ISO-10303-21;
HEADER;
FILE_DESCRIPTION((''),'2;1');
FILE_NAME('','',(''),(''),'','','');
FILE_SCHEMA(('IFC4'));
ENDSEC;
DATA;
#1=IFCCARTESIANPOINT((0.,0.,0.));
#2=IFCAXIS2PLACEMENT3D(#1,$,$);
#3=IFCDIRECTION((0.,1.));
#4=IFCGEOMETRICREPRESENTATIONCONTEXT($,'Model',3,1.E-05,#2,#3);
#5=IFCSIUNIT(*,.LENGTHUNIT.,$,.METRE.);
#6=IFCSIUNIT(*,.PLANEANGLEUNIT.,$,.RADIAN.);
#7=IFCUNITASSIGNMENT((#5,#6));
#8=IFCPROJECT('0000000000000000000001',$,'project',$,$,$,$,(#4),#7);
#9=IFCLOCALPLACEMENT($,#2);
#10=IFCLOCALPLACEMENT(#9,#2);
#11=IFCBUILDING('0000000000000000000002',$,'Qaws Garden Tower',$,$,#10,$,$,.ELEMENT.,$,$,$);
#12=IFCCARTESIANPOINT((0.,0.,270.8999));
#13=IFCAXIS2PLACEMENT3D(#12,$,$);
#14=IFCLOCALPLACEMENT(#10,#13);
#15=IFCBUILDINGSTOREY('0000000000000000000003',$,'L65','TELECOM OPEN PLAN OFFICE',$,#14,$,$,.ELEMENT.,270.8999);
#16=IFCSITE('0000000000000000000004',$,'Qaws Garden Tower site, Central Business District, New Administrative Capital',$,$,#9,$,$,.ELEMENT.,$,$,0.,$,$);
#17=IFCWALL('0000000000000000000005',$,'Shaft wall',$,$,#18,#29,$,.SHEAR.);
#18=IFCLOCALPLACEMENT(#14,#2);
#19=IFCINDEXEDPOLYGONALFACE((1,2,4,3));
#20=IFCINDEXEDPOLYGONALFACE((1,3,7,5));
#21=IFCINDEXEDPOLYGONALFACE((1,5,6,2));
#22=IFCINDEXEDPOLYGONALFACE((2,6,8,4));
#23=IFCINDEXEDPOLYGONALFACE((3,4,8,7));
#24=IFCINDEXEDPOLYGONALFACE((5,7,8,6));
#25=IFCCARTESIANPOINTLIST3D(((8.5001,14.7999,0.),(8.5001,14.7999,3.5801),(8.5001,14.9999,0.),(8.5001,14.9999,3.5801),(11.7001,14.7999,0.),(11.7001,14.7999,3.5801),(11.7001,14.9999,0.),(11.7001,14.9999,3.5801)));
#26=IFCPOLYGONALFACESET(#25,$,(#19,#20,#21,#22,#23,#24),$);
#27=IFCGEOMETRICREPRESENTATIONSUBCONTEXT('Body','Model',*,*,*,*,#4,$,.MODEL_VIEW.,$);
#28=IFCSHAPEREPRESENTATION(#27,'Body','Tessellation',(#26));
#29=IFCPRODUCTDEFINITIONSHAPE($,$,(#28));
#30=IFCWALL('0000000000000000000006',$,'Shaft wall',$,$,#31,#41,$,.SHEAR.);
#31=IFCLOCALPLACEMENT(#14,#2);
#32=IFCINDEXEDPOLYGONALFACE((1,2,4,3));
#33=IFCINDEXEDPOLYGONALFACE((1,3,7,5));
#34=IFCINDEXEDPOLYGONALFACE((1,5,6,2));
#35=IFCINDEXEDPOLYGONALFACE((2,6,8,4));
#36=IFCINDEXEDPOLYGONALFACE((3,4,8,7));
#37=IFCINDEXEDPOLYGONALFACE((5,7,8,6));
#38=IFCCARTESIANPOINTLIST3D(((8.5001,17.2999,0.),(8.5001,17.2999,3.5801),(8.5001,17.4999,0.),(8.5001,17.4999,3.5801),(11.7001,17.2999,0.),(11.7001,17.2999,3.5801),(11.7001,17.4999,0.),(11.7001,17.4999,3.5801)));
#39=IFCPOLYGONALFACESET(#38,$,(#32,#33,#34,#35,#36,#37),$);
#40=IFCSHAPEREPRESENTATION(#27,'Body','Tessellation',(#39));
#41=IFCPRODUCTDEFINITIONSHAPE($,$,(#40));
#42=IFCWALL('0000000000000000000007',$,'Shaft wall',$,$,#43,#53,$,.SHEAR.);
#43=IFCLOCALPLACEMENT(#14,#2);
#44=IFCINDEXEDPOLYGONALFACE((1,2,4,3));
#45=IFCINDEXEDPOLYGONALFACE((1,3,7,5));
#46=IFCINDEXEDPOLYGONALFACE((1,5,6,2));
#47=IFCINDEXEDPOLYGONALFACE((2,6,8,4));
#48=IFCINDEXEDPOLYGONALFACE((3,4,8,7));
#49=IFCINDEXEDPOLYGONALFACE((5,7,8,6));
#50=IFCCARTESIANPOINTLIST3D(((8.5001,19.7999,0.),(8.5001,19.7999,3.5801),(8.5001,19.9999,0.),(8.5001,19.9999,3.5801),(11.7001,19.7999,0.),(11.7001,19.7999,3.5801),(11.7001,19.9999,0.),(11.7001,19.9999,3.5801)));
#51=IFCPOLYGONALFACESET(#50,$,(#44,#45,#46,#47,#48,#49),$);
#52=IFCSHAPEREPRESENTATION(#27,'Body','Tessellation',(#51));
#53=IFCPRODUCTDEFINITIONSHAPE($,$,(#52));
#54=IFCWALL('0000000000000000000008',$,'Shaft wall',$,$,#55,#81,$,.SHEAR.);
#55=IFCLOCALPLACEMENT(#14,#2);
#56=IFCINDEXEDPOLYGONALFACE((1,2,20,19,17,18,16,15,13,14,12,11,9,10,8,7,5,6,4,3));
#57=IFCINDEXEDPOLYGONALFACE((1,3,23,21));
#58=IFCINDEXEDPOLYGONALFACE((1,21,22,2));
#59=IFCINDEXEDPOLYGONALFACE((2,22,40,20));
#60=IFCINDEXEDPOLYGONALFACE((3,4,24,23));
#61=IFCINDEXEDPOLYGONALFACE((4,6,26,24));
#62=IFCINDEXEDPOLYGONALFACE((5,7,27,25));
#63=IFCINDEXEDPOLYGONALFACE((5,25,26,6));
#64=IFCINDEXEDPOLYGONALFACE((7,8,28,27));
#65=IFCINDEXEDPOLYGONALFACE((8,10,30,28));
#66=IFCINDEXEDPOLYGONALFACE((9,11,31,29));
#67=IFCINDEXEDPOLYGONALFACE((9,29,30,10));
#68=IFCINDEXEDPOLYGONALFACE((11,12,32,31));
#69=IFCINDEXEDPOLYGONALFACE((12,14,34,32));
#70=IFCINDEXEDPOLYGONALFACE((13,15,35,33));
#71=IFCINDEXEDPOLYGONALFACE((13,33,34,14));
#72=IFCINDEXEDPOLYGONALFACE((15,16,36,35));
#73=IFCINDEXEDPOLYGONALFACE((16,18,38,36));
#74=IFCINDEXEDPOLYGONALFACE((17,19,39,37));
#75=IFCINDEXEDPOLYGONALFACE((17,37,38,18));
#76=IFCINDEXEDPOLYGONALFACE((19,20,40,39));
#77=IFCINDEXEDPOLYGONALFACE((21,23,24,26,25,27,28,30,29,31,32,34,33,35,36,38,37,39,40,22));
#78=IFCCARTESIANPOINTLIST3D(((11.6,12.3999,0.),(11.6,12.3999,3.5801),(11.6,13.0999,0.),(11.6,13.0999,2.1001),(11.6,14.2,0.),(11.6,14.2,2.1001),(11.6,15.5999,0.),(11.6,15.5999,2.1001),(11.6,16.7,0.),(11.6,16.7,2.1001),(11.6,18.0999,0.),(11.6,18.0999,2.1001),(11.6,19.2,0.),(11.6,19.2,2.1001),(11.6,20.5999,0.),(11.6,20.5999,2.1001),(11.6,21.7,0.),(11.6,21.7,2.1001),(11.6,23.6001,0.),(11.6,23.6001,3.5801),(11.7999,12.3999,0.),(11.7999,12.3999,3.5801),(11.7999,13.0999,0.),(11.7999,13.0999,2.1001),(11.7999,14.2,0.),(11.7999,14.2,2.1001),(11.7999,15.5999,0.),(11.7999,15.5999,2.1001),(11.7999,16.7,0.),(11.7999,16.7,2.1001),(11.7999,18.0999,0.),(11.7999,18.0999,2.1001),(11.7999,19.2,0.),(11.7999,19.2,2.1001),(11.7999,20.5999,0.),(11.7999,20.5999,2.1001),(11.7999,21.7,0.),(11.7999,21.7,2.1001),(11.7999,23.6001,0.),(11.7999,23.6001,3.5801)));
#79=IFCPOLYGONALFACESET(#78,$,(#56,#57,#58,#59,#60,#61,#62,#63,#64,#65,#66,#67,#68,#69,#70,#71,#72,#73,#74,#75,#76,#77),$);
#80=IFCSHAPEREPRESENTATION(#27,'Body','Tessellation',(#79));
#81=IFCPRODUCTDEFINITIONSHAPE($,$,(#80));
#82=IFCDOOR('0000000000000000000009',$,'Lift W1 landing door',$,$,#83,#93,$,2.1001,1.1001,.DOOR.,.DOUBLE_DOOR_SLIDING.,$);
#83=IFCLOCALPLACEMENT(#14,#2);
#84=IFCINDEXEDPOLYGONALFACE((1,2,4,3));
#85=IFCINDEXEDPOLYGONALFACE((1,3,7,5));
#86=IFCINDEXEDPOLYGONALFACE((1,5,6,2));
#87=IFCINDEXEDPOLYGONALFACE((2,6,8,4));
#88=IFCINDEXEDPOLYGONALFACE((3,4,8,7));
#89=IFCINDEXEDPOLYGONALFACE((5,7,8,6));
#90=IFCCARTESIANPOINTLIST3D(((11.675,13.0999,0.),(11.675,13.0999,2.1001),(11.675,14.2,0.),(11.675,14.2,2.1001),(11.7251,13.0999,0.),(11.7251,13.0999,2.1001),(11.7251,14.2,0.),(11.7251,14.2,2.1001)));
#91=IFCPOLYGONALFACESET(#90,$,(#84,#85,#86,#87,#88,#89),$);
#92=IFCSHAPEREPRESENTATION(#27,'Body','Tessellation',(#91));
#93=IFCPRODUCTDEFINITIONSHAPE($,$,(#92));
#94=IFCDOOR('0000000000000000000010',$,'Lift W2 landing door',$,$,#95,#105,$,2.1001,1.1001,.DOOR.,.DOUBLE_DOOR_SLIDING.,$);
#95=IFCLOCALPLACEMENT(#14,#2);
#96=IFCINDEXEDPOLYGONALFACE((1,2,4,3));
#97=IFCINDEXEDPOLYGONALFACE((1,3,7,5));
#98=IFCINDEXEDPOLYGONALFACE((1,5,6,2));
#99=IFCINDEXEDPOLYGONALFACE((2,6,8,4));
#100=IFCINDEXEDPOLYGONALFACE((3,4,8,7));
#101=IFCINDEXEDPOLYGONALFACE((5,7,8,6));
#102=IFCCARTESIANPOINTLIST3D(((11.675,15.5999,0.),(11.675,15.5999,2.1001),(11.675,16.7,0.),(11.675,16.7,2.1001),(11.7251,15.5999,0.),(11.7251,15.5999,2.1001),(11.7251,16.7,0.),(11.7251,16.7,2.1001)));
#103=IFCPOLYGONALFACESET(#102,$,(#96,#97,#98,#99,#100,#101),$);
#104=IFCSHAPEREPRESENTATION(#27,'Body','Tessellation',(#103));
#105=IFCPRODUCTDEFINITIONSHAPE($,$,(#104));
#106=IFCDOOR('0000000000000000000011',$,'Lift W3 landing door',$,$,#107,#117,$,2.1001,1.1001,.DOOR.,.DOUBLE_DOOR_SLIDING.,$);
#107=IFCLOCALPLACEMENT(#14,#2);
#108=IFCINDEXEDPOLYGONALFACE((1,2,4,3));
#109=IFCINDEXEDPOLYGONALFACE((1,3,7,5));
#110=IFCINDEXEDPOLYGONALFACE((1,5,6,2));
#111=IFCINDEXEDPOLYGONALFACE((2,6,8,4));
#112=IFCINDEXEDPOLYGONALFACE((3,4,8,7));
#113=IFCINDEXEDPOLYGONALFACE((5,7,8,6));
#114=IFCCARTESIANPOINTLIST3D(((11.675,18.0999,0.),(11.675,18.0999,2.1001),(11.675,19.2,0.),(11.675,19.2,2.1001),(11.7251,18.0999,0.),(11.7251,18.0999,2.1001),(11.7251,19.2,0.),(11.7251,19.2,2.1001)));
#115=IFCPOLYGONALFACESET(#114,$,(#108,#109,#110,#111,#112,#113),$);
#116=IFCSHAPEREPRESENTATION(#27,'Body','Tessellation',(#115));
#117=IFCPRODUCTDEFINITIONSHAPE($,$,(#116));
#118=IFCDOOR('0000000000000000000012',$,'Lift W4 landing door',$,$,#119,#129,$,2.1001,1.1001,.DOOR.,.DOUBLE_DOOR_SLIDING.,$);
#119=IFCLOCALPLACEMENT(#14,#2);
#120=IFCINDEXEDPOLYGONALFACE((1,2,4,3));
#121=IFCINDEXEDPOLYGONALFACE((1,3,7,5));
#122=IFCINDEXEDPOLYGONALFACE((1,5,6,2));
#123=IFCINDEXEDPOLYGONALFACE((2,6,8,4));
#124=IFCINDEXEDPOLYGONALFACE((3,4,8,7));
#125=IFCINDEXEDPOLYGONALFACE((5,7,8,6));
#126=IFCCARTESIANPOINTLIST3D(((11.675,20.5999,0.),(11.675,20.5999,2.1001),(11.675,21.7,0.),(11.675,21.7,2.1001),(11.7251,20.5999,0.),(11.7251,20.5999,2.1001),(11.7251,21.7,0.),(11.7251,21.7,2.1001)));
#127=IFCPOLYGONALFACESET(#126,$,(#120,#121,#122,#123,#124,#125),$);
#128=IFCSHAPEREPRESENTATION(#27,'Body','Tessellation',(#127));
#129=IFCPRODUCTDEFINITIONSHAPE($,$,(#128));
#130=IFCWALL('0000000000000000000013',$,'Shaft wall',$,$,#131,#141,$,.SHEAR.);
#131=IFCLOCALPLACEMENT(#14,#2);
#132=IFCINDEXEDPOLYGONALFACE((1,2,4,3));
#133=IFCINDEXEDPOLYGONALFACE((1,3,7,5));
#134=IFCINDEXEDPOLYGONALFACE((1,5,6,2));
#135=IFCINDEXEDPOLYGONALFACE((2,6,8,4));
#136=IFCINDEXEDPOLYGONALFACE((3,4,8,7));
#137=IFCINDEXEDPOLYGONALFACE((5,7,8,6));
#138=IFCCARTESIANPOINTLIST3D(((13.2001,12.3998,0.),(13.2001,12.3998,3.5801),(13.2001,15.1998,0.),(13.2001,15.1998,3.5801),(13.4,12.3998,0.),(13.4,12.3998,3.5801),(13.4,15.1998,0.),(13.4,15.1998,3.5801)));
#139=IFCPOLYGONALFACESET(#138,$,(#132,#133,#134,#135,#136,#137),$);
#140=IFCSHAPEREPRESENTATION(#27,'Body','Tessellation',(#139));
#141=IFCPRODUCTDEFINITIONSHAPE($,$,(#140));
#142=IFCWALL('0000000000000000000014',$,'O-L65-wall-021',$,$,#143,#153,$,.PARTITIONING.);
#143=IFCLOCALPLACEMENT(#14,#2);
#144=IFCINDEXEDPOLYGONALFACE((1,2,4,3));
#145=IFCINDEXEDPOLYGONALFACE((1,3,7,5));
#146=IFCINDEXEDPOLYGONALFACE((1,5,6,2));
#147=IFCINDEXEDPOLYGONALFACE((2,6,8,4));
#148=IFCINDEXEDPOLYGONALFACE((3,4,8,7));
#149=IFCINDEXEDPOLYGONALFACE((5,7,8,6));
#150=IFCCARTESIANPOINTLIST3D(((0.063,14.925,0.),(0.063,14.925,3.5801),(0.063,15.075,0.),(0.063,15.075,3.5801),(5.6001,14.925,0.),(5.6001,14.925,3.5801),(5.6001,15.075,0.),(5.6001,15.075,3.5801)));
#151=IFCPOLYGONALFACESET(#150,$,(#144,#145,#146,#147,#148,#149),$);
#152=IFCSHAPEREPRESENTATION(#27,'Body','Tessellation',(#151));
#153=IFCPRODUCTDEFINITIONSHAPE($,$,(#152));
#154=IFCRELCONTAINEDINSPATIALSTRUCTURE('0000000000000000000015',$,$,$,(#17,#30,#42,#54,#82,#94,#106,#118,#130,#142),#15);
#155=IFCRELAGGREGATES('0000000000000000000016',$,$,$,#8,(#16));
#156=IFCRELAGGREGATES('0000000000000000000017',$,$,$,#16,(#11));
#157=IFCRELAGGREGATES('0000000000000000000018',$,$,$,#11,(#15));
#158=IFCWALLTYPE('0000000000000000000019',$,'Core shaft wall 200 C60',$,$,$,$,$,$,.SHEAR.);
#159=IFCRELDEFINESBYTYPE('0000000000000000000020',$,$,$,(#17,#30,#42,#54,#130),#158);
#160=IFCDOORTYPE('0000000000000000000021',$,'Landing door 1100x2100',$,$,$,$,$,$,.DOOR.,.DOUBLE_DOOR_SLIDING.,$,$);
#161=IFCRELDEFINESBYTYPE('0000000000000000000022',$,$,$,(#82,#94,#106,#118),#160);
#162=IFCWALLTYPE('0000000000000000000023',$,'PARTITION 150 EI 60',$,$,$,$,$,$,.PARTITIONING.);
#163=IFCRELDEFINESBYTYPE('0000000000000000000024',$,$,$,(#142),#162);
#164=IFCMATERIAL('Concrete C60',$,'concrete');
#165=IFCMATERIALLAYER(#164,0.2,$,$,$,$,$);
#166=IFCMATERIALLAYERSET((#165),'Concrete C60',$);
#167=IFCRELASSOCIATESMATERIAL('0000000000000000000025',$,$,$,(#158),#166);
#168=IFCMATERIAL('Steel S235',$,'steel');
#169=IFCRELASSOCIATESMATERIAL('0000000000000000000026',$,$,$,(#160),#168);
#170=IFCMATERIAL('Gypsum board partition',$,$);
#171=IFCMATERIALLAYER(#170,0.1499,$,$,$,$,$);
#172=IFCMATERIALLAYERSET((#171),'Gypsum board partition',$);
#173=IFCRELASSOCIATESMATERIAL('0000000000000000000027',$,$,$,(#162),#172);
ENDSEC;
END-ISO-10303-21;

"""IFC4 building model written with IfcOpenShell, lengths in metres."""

from ifc_helpers import new_model, si_unit, direction, frame, frame_2d, origin, place, context, subcontext, project, spatial, rectangle, extrude, material, layer, layer_set, type_object, element, fill, save


model = new_model("IFC4")

# Units and contexts
model_context = context("Model", 3, precision=1e-05, world=origin(), true_north=direction((0.0, 1.0)))
body_context = subcontext(model_context, "Body", "Model", "MODEL_VIEW")
ifc_project = project(units=[si_unit("LENGTHUNIT", "METRE"), si_unit("PLANEANGLEUNIT", "RADIAN")], contexts=[model_context])

# Site, building, storey
site_placement = place(None, origin())
site = spatial("IfcSite", under=ifc_project, at=site_placement, Name="Qaws Garden Tower site, Central Business District, New Administrative Capital", CompositionType="ELEMENT", RefElevation=0.0)
building_placement = place(site_placement, origin())
building = spatial("IfcBuilding", under=site, at=building_placement, Name="Qaws Garden Tower", CompositionType="ELEMENT")
storey_placement = place(building_placement, frame((0.0, 0.0, 270.8999)))
storey = spatial("IfcBuildingStorey", under=building, at=storey_placement, Name="L65", Description="TELECOM OPEN PLAN OFFICE", CompositionType="ELEMENT", Elevation=270.8999)

# Walls
ifc_material_1 = material(Name="Concrete C60", Category="concrete")
ifc_layer_1 = layer(ifc_material_1, 0.2)
ifc_layer_set_1 = layer_set([ifc_layer_1], Name="Concrete C60")
wall_type_1 = type_object("IfcWallType", Name="Core shaft wall 200 C60", PredefinedType="SHEAR", material=ifc_layer_set_1)
for number, where, z_axis, x_axis, name in (
    (1, (8.5, 14.8999, 0.0), (0.0, 0.0, 1.0), (1.0, 0.0, 0.0), "Shaft wall"),
    (2, (8.5, 17.3999, 0.0), (0.0, 0.0, 1.0), (1.0, 0.0, 0.0), "Shaft wall"),
    (3, (8.5, 19.8999, 0.0), (0.0, 0.0, 1.0), (1.0, 0.0, 0.0), "Shaft wall"),
):
    element("IfcWall", number, at=place(storey_placement, frame(where, z_axis=z_axis, x_axis=x_axis)), inside=storey, type_object=wall_type_1, Name=name, PredefinedType="SHEAR", context=body_context, shape_type="SweptSolid", body=[
        extrude(rectangle(XDim=3.2, YDim=0.2, at=frame_2d((1.6001, 0.0))), origin(), (0.0, 0.0, 1.0), 3.5801),
    ])

# Wall, openings, doors
wall_1_placement = place(storey_placement, frame((11.7, 12.3999, 0.0), z_axis=(0.0, 0.0, 1.0), x_axis=(0.0, 1.0, 0.0)))
wall_1 = element("IfcWall", 4, at=wall_1_placement, inside=storey, type_object=wall_type_1, Name="Shaft wall", PredefinedType="SHEAR", context=body_context, shape_type="SweptSolid", body=[
    extrude(rectangle(XDim=11.2002, YDim=0.2, at=frame_2d((5.6001, 0.0))), origin(), (0.0, 0.0, 1.0), 3.5801),
])
opening_1_placement = place(wall_1_placement, frame((0.7, 0.0, 0.0)))
opening_1 = element("IfcOpeningElement", 5, at=opening_1_placement, cuts=wall_1, PredefinedType="OPENING", context=body_context, shape_type="SweptSolid", body=[
    extrude(rectangle(XDim=1.1001, YDim=2.1001, at=frame_2d((0.55, 1.05))), frame((0.0, 0.1099, 0.0), z_axis=(0.0, -1.0, 0.0), x_axis=(1.0, 0.0, 0.0)), (0.0, 0.0, 1.0), 0.22),
])
opening_2_placement = place(wall_1_placement, frame((3.2, 0.0, 0.0)))
opening_2 = element("IfcOpeningElement", 6, at=opening_2_placement, cuts=wall_1, PredefinedType="OPENING", context=body_context, shape_type="SweptSolid", body=[
    extrude(rectangle(XDim=1.1001, YDim=2.1001, at=frame_2d((0.55, 1.05))), frame((0.0, 0.1099, 0.0), z_axis=(0.0, -1.0, 0.0), x_axis=(1.0, 0.0, 0.0)), (0.0, 0.0, 1.0), 0.22),
])
opening_3_placement = place(wall_1_placement, frame((5.7, 0.0, 0.0)))
opening_3 = element("IfcOpeningElement", 7, at=opening_3_placement, cuts=wall_1, PredefinedType="OPENING", context=body_context, shape_type="SweptSolid", body=[
    extrude(rectangle(XDim=1.1001, YDim=2.1001, at=frame_2d((0.55, 1.05))), frame((0.0, 0.1099, 0.0), z_axis=(0.0, -1.0, 0.0), x_axis=(1.0, 0.0, 0.0)), (0.0, 0.0, 1.0), 0.22),
])
opening_4_placement = place(wall_1_placement, frame((8.2, 0.0, 0.0)))
opening_4 = element("IfcOpeningElement", 8, at=opening_4_placement, cuts=wall_1, PredefinedType="OPENING", context=body_context, shape_type="SweptSolid", body=[
    extrude(rectangle(XDim=1.1001, YDim=2.1001, at=frame_2d((0.55, 1.05))), frame((0.0, 0.1099, 0.0), z_axis=(0.0, -1.0, 0.0), x_axis=(1.0, 0.0, 0.0)), (0.0, 0.0, 1.0), 0.22),
])
ifc_material_2 = material(Name="Steel S235", Category="steel")
door_type = type_object("IfcDoorType", Name="Landing door 1100x2100", OperationType="DOUBLE_DOOR_SLIDING", PredefinedType="DOOR", material=ifc_material_2)
door_1_placement = place(opening_1_placement, origin())
door_1 = element("IfcDoor", 9, at=door_1_placement, inside=storey, type_object=door_type, Name="Lift W1 landing door", OperationType="DOUBLE_DOOR_SLIDING", OverallHeight=2.1001, OverallWidth=1.1001, PredefinedType="DOOR", context=body_context, shape_type="SweptSolid", body=[
    extrude(rectangle(XDim=1.1001, YDim=2.1001, at=frame_2d((0.55, 1.05))), frame((0.0, 0.0249, 0.0), z_axis=(0.0, -1.0, 0.0), x_axis=(1.0, 0.0, 0.0)), (0.0, 0.0, 1.0), 0.05),
])
fill(opening_1, door_1)
door_2_placement = place(opening_2_placement, origin())
door_2 = element("IfcDoor", 10, at=door_2_placement, inside=storey, type_object=door_type, Name="Lift W2 landing door", OperationType="DOUBLE_DOOR_SLIDING", OverallHeight=2.1001, OverallWidth=1.1001, PredefinedType="DOOR", context=body_context, shape_type="SweptSolid", body=[
    extrude(rectangle(XDim=1.1001, YDim=2.1001, at=frame_2d((0.55, 1.05))), frame((0.0, 0.0249, 0.0), z_axis=(0.0, -1.0, 0.0), x_axis=(1.0, 0.0, 0.0)), (0.0, 0.0, 1.0), 0.05),
])
fill(opening_2, door_2)
door_3_placement = place(opening_3_placement, origin())
door_3 = element("IfcDoor", 11, at=door_3_placement, inside=storey, type_object=door_type, Name="Lift W3 landing door", OperationType="DOUBLE_DOOR_SLIDING", OverallHeight=2.1001, OverallWidth=1.1001, PredefinedType="DOOR", context=body_context, shape_type="SweptSolid", body=[
    extrude(rectangle(XDim=1.1001, YDim=2.1001, at=frame_2d((0.55, 1.05))), frame((0.0, 0.0249, 0.0), z_axis=(0.0, -1.0, 0.0), x_axis=(1.0, 0.0, 0.0)), (0.0, 0.0, 1.0), 0.05),
])
fill(opening_3, door_3)
door_4_placement = place(opening_4_placement, origin())
door_4 = element("IfcDoor", 12, at=door_4_placement, inside=storey, type_object=door_type, Name="Lift W4 landing door", OperationType="DOUBLE_DOOR_SLIDING", OverallHeight=2.1001, OverallWidth=1.1001, PredefinedType="DOOR", context=body_context, shape_type="SweptSolid", body=[
    extrude(rectangle(XDim=1.1001, YDim=2.1001, at=frame_2d((0.55, 1.05))), frame((0.0, 0.0249, 0.0), z_axis=(0.0, -1.0, 0.0), x_axis=(1.0, 0.0, 0.0)), (0.0, 0.0, 1.0), 0.05),
])
fill(opening_4, door_4)

# Walls
wall_2_placement = place(storey_placement, frame((13.3, 12.3999, 0.0), z_axis=(0.0, 0.0, 1.0), x_axis=(0.0, 1.0, 0.0)))
element("IfcWall", 13, at=wall_2_placement, inside=storey, type_object=wall_type_1, Name="Shaft wall", PredefinedType="SHEAR", context=body_context, shape_type="SweptSolid", body=[
    extrude(rectangle(XDim=2.8, YDim=0.2, at=frame_2d((1.3999, 0.0))), origin(), (0.0, 0.0, 1.0), 3.5801),
])
ifc_material_3 = material(Name="Gypsum board partition")
ifc_layer_2 = layer(ifc_material_3, 0.1499)
ifc_layer_set_2 = layer_set([ifc_layer_2], Name="Gypsum board partition")
wall_type_2 = type_object("IfcWallType", Name="PARTITION 150 EI 60", PredefinedType="PARTITIONING", material=ifc_layer_set_2)
wall_3_placement = place(storey_placement, frame((0.063, 15.0, 0.0), z_axis=(0.0, 0.0, 1.0), x_axis=(1.0, 0.0, 0.0)))
element("IfcWall", 14, at=wall_3_placement, inside=storey, type_object=wall_type_2, Name="O-L65-wall-021", PredefinedType="PARTITIONING", context=body_context, shape_type="SweptSolid", body=[
    extrude(rectangle(XDim=5.5371, YDim=0.1499, at=frame_2d((2.7686, 0.0))), origin(), (0.0, 0.0, 1.0), 3.5801),
])

save(model, "model.ifc")
